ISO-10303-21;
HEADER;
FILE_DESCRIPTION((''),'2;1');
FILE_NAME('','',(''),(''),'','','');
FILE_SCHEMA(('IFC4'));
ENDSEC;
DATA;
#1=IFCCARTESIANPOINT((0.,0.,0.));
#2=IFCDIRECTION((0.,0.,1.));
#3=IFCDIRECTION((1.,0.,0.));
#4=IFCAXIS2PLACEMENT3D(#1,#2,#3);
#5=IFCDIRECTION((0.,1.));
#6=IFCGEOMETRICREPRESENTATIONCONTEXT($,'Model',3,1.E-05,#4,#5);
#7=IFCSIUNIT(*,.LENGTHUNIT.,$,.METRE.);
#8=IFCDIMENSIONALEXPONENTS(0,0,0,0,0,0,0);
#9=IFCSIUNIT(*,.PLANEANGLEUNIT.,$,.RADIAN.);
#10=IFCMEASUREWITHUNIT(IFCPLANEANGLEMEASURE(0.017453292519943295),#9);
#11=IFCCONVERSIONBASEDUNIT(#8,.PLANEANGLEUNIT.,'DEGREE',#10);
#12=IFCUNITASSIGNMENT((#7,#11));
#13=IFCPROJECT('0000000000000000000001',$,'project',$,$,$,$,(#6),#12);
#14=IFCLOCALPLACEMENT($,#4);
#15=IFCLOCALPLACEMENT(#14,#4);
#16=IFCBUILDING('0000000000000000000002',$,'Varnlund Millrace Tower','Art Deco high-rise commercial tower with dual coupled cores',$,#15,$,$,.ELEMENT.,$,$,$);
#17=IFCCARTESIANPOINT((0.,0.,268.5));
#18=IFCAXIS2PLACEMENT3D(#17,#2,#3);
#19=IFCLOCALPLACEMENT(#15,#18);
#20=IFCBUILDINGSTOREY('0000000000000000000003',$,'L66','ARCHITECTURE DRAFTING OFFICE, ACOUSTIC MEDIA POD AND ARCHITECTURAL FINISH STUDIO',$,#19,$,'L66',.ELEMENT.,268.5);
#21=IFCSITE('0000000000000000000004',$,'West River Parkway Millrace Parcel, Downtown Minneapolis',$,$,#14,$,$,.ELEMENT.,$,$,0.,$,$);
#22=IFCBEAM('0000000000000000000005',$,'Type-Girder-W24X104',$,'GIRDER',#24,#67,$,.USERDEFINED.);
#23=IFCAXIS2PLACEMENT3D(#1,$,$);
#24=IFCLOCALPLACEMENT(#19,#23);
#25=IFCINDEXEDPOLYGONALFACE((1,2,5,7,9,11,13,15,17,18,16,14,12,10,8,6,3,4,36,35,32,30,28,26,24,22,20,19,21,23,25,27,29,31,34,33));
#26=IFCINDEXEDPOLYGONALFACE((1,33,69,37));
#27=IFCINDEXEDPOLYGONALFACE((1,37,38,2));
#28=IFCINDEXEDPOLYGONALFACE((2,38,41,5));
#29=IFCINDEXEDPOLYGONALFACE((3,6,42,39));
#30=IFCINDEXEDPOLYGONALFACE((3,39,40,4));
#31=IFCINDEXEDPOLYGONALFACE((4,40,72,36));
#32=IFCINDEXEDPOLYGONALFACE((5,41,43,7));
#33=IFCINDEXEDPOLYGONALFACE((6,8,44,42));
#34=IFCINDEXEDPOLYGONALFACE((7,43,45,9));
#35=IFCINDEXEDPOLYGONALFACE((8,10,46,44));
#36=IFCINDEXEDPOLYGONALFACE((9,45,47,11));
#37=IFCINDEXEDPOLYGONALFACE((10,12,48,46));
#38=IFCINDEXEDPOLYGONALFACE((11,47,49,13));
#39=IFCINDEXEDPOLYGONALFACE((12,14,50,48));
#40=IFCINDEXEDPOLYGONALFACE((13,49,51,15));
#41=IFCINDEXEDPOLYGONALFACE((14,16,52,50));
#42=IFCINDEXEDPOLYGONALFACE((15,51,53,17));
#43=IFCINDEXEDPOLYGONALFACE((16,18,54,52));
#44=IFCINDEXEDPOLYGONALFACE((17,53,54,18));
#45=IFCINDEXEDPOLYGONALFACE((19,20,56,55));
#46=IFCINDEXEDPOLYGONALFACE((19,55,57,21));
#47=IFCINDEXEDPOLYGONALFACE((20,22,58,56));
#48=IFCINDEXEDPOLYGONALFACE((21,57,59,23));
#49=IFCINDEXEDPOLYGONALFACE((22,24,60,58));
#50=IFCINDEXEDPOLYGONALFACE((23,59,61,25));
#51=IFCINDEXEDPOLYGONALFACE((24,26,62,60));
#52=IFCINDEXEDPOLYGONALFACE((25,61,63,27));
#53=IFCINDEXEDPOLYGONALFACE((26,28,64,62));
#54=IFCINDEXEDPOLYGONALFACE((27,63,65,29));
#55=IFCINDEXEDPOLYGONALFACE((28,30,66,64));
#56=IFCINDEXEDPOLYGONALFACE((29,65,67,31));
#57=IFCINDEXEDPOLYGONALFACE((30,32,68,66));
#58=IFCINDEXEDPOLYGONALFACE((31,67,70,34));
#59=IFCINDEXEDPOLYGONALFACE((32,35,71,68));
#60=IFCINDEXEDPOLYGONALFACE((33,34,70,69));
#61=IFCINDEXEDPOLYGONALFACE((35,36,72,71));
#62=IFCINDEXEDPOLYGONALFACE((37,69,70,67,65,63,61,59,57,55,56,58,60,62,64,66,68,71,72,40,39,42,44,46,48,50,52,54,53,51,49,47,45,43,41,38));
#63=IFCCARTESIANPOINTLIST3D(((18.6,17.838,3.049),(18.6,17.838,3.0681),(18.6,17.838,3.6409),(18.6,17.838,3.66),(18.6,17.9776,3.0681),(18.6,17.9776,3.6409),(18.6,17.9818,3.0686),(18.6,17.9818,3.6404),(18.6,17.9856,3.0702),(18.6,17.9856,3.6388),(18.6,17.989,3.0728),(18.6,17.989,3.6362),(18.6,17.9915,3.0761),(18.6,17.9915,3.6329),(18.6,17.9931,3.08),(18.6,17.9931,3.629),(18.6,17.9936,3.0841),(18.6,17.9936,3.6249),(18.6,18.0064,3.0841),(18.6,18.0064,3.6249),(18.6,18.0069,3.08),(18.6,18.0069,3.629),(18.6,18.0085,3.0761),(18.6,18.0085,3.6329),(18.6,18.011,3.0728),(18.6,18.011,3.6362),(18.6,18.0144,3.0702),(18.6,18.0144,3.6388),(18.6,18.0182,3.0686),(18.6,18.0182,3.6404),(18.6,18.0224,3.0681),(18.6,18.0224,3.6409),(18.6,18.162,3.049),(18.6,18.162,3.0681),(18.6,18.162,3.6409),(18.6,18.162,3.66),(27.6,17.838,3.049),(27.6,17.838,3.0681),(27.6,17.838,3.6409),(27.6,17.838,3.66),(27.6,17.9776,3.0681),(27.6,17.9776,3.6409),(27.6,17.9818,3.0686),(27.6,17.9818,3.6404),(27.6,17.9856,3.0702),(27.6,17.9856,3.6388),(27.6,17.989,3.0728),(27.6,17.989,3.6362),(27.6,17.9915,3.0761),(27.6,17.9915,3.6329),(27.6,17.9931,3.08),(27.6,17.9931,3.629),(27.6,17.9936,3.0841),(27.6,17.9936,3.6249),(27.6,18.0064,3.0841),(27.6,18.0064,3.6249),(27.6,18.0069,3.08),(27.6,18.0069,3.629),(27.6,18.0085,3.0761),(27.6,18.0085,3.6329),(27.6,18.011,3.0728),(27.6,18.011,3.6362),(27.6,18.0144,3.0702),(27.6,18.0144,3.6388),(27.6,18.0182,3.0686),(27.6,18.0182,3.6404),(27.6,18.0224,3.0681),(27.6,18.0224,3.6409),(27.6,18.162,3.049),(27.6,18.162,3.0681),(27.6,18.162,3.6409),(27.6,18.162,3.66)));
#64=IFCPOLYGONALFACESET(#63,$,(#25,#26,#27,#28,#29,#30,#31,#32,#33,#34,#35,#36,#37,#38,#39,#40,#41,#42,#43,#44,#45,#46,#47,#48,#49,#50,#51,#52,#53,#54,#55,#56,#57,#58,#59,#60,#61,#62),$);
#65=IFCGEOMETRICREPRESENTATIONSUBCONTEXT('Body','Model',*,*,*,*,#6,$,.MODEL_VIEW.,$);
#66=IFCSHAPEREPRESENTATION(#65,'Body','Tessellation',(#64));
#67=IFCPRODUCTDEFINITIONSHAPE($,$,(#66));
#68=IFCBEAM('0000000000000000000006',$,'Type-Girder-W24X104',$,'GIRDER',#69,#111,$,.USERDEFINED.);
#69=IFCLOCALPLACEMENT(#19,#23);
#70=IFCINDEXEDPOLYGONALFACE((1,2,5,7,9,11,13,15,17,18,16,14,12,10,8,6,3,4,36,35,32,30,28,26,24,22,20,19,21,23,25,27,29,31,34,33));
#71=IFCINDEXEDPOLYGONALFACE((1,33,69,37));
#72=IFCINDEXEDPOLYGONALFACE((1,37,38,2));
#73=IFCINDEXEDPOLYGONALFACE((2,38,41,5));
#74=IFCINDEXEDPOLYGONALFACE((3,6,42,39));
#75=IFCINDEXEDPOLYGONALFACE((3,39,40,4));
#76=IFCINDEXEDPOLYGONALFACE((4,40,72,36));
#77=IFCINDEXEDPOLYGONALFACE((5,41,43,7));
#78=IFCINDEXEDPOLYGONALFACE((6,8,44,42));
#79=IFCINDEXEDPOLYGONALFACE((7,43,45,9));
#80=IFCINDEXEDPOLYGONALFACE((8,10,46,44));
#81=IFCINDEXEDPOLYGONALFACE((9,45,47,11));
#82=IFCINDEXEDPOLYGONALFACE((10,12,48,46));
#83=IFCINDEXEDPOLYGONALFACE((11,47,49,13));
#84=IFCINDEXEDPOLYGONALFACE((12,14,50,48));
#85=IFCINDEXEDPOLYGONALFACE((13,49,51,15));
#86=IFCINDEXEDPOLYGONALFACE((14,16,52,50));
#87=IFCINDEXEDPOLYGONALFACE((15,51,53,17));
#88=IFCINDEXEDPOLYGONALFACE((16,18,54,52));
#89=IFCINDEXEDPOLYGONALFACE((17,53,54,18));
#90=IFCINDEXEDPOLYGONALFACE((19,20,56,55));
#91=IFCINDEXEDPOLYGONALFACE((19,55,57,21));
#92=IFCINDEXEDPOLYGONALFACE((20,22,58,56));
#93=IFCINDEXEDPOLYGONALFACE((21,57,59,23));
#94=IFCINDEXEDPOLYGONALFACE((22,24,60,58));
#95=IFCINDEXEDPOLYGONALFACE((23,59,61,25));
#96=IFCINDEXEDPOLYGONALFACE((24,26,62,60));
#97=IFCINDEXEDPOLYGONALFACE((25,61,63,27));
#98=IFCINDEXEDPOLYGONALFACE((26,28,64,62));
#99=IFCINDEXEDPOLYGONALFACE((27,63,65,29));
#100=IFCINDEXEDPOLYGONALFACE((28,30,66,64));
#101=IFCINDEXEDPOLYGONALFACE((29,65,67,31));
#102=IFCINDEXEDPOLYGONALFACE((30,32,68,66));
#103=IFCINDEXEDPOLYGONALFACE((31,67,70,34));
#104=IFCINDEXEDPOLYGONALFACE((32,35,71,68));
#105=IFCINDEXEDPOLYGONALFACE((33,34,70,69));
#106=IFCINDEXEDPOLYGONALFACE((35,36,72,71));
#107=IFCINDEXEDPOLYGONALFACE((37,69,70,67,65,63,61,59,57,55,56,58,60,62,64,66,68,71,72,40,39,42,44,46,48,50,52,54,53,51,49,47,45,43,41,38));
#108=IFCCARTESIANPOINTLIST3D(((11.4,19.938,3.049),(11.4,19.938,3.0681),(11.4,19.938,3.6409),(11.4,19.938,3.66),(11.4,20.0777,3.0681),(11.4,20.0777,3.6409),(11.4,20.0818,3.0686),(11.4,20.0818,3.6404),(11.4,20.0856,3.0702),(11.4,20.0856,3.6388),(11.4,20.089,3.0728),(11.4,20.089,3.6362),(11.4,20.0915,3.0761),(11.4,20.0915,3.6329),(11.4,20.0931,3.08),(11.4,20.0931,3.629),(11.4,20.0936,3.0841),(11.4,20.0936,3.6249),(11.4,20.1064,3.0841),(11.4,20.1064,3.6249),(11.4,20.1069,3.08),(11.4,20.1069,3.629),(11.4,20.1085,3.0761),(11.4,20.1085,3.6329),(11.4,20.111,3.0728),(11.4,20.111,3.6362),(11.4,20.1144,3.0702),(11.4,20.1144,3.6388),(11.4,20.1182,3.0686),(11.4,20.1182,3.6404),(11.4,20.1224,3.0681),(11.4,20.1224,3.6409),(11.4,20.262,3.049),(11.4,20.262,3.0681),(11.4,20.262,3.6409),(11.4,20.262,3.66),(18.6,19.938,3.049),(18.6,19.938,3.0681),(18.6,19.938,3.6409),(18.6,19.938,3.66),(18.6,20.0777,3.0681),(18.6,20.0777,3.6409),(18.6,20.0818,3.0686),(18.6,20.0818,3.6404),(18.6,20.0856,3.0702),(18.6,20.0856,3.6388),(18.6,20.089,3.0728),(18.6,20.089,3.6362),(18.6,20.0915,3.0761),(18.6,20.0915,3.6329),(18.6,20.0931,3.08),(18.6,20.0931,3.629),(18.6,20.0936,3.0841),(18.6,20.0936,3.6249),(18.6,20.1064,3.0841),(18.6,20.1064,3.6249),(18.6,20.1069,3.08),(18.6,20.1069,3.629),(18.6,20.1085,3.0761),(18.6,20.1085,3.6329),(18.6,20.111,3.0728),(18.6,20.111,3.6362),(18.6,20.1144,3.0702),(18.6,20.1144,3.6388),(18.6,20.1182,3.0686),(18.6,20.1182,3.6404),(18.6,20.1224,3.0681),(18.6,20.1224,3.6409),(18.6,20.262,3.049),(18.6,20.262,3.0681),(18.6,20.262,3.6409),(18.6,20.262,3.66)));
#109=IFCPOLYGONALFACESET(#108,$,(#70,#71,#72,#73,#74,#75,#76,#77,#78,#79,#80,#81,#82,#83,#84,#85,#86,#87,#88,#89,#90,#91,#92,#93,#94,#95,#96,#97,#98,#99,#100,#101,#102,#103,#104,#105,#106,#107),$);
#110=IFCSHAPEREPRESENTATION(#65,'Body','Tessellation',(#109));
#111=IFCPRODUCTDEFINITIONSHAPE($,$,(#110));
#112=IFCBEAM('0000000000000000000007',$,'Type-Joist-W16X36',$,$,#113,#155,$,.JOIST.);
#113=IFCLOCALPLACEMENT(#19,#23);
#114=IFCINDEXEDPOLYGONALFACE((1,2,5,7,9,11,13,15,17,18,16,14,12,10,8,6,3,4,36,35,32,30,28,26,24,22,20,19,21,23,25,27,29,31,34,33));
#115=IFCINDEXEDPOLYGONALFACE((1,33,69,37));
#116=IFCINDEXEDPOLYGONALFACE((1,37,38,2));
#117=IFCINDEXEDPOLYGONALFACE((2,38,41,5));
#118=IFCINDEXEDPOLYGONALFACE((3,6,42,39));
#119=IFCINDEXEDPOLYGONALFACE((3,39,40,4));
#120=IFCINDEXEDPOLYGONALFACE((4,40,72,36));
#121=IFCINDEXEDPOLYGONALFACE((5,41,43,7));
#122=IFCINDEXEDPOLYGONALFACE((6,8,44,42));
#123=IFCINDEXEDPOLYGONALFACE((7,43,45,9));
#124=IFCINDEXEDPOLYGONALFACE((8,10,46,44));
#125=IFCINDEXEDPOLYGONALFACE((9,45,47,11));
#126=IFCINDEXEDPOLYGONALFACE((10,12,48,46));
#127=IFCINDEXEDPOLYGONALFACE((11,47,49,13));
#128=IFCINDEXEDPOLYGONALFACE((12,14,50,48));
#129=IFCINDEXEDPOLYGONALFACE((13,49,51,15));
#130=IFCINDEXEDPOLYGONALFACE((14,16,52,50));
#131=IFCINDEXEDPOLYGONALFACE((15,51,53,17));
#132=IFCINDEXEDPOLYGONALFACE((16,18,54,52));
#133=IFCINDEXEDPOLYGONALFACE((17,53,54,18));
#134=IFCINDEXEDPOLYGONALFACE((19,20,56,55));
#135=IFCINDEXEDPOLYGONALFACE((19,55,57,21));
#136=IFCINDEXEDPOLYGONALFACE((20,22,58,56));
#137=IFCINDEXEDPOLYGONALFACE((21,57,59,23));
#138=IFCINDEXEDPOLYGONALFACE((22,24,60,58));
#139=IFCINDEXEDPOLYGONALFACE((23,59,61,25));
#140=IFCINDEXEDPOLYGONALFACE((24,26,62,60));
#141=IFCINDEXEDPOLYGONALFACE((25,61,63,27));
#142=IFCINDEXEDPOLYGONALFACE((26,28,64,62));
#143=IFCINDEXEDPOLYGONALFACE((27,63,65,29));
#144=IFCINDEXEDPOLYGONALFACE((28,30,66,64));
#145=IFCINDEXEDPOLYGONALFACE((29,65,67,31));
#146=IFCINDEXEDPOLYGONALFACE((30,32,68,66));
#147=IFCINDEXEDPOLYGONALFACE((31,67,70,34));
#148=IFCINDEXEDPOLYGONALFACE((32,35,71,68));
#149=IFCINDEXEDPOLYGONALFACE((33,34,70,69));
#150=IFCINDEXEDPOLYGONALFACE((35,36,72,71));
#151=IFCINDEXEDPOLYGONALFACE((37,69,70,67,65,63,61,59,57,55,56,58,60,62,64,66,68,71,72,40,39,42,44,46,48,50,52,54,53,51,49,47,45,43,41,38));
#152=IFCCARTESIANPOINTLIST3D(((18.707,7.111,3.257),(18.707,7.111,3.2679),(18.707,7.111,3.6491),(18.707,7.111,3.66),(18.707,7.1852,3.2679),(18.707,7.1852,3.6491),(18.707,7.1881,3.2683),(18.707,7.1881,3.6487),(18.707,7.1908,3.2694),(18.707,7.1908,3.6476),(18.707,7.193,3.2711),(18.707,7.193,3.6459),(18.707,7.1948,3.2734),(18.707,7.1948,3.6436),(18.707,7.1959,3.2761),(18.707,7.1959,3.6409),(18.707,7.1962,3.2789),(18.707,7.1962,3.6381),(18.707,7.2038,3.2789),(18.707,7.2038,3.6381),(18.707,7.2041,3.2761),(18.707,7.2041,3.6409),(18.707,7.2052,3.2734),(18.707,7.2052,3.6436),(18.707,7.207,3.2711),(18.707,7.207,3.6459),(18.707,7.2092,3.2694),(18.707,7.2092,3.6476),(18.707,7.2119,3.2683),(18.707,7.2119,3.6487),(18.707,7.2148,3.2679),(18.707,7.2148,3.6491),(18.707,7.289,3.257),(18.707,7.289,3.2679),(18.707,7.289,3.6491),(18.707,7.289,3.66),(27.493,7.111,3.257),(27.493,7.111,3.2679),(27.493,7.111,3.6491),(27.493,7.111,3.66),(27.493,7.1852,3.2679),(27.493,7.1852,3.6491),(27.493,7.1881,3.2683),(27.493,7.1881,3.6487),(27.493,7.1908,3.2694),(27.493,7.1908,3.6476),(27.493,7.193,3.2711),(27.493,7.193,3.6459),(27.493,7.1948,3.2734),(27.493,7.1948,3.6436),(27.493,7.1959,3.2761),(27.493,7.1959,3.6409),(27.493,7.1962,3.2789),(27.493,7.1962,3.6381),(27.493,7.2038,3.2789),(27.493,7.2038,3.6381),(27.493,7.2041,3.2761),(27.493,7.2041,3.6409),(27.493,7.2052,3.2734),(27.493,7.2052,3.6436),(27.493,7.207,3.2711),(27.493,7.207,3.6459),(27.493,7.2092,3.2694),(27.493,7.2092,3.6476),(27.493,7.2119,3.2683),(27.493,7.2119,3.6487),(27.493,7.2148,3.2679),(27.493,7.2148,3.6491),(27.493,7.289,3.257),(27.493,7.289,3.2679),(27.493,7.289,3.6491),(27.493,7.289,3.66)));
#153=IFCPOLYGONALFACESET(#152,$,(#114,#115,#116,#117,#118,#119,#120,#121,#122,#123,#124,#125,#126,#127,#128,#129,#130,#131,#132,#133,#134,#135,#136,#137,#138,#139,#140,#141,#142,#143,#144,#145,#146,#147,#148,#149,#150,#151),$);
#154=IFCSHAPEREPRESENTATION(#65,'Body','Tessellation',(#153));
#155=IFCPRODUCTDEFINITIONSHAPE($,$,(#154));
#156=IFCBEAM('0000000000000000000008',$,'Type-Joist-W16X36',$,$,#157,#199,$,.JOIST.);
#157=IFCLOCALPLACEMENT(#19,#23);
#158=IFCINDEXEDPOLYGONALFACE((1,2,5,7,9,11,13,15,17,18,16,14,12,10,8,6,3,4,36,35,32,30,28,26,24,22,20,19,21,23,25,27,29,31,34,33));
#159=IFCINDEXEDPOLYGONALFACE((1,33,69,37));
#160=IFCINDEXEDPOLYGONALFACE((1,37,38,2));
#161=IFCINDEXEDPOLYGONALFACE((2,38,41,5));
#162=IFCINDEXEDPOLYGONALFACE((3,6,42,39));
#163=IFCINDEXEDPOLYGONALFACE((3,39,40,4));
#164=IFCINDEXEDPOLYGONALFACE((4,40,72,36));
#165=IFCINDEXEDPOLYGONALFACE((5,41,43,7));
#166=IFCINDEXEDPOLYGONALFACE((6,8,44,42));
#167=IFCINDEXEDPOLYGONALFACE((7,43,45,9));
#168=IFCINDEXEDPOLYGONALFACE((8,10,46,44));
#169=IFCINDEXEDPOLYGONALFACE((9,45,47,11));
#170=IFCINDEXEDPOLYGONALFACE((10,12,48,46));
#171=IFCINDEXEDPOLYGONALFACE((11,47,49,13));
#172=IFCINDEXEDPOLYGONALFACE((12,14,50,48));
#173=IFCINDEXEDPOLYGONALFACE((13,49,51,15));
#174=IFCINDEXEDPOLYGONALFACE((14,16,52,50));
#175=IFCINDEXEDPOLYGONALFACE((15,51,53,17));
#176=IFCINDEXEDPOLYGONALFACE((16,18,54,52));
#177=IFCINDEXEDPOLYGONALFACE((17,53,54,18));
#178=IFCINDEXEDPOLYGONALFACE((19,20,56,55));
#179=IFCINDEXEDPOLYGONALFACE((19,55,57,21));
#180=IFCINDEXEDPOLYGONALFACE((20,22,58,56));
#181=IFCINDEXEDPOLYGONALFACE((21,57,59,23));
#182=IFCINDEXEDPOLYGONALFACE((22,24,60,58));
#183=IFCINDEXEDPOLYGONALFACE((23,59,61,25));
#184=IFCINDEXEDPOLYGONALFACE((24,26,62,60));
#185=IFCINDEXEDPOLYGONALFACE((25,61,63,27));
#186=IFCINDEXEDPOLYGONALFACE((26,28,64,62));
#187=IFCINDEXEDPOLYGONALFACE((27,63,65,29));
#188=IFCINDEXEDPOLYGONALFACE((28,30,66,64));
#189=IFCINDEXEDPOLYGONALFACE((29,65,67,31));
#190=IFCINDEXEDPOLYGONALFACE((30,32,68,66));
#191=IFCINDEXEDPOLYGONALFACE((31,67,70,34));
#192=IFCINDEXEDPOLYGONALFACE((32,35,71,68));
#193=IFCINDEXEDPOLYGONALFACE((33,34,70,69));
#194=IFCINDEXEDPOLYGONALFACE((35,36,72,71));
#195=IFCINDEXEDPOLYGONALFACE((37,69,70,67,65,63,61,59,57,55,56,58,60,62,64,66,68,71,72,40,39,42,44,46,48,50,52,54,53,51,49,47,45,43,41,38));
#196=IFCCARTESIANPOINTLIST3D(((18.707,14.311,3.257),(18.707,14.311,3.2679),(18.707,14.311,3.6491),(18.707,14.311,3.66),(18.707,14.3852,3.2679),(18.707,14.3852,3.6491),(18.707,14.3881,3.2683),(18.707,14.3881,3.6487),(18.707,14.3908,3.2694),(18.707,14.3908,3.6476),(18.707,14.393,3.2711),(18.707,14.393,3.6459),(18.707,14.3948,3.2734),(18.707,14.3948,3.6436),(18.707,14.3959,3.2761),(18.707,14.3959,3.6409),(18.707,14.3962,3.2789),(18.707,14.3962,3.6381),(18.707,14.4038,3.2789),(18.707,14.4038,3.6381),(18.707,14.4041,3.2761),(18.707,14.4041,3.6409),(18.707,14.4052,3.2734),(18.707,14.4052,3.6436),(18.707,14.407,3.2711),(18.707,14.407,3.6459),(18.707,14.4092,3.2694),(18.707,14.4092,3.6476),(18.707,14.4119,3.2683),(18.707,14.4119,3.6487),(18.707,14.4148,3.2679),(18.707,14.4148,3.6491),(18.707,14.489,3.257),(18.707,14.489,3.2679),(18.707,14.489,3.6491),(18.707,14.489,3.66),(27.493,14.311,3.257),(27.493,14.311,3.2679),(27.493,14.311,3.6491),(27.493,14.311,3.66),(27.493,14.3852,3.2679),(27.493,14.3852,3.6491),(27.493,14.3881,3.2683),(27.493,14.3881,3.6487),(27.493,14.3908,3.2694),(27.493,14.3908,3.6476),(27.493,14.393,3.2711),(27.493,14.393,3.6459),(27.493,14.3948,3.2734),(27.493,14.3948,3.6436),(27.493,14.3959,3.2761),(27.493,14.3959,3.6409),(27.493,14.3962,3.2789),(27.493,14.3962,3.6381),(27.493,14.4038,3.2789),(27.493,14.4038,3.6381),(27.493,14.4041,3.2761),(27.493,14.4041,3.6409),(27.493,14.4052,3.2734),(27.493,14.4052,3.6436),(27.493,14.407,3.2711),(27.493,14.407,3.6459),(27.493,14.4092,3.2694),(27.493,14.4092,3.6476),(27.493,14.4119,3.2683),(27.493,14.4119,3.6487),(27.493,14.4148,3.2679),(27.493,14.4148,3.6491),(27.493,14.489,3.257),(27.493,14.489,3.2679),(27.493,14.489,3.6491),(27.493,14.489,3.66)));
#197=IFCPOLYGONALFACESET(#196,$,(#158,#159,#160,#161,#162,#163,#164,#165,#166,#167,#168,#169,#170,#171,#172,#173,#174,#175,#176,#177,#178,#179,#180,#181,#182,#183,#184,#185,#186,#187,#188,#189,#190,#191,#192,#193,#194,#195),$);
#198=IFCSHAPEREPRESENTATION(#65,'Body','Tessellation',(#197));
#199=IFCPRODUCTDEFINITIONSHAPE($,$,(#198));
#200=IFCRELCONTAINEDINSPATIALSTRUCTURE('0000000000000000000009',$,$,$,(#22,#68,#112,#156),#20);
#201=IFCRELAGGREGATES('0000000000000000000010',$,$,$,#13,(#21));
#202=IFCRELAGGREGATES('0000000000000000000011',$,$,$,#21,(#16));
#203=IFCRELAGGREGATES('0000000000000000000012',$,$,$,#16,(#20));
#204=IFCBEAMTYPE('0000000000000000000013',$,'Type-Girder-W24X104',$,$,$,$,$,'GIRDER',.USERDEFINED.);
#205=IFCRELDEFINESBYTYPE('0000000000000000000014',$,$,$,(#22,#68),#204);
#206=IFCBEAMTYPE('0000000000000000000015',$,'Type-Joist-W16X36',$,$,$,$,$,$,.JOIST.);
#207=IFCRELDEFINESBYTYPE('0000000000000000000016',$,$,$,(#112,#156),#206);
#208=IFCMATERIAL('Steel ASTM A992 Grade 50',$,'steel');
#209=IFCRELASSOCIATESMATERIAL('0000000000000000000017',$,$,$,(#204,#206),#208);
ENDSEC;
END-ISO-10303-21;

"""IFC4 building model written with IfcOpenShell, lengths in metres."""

from ifc_helpers import new_model, entity, si_unit, converted_unit, direction, frame, origin_with_axes, origin_2d_with_axis, place, context, subcontext, project, spatial, i_section, extrude, material, material_profile, profile_set, type_object, element, save


model = new_model("IFC4")

# Units and contexts
model_context = context("Model", 3, precision=1e-05, world=origin_with_axes(), true_north=direction((0.0, 1.0)))
body_context = subcontext(model_context, "Body", "Model", "MODEL_VIEW")
ifc_project = project(units=[si_unit("LENGTHUNIT", "METRE"), converted_unit("PLANEANGLEUNIT", "DEGREE", entity("IfcPlaneAngleMeasure", 0.017453292519943295), si_unit("PLANEANGLEUNIT", "RADIAN"), dimensions=[0, 0, 0, 0, 0, 0, 0])], contexts=[model_context])

# Site, building, storey
site_placement = place(None, origin_with_axes())
site = spatial("IfcSite", under=ifc_project, at=site_placement, Name="West River Parkway Millrace Parcel, Downtown Minneapolis", CompositionType="ELEMENT", RefElevation=0.0)
building_placement = place(site_placement, origin_with_axes())
building = spatial("IfcBuilding", under=site, at=building_placement, Name="Varnlund Millrace Tower", Description="Art Deco high-rise commercial tower with dual coupled cores", CompositionType="ELEMENT")
storey_placement = place(building_placement, frame((0.0, 0.0, 268.5), z_axis=(0.0, 0.0, 1.0), x_axis=(1.0, 0.0, 0.0)))
storey = spatial("IfcBuildingStorey", under=building, at=storey_placement, Name="L66", Description="ARCHITECTURE DRAFTING OFFICE, ACOUSTIC MEDIA POD AND ARCHITECTURAL FINISH STUDIO", LongName="L66", CompositionType="ELEMENT", Elevation=268.5)

# Beams
ifc_material_1 = material(Name="Steel ASTM A992 Grade 50", Category="steel")
ifc_material_profile_1 = material_profile(ifc_material_1, i_section(OverallWidth=0.324, OverallDepth=0.611, WebThickness=0.0127, FlangeThickness=0.0191, FilletRadius=0.016, at=origin_2d_with_axis()), Name="Steel ASTM A992 Grade 50")
ifc_profile_set_1 = profile_set([ifc_material_profile_1], Name="Steel ASTM A992 Grade 50")
beam_type_1 = type_object("IfcBeamType", Name="Type-Girder-W24X104", ElementType="GIRDER", PredefinedType="USERDEFINED", material=ifc_profile_set_1)
for number, where, z_axis, x_axis, name in (
    (1, (18.6, 18.0, 3.3545), (1.0, 0.0, 0.0), (0.0, 1.0, 0.0), "Type-Girder-W24X104"),
):
    element("IfcBeam", number, at=place(storey_placement, frame(where, z_axis=z_axis, x_axis=x_axis)), inside=storey, type_object=beam_type_1, Name=name, ObjectType="GIRDER", PredefinedType="USERDEFINED", context=body_context, shape_type="SweptSolid", body=[
        extrude(i_section(OverallWidth=0.324, OverallDepth=0.611, WebThickness=0.0127, FlangeThickness=0.0191, FilletRadius=0.016, at=origin_2d_with_axis()), origin_with_axes(), (0.0, 0.0, 1.0), 9.0),
    ])
beam_1_placement = place(storey_placement, frame((11.4, 20.1, 3.3545), z_axis=(1.0, 0.0, 0.0), x_axis=(0.0, 1.0, 0.0)))
element("IfcBeam", 2, at=beam_1_placement, inside=storey, type_object=beam_type_1, Name="Type-Girder-W24X104", ObjectType="GIRDER", PredefinedType="USERDEFINED", context=body_context, shape_type="SweptSolid", body=[
    extrude(i_section(OverallWidth=0.324, OverallDepth=0.611, WebThickness=0.0127, FlangeThickness=0.0191, FilletRadius=0.016, at=origin_2d_with_axis()), origin_with_axes(), (0.0, 0.0, 1.0), 7.2),
])
ifc_material_profile_2 = material_profile(ifc_material_1, i_section(OverallWidth=0.178, OverallDepth=0.403, WebThickness=0.0075, FlangeThickness=0.0109, FilletRadius=0.011, at=origin_2d_with_axis()), Name="Steel ASTM A992 Grade 50")
ifc_profile_set_2 = profile_set([ifc_material_profile_2], Name="Steel ASTM A992 Grade 50")
beam_type_2 = type_object("IfcBeamType", Name="Type-Joist-W16X36", PredefinedType="JOIST", material=ifc_profile_set_2)
for number, where, z_axis, x_axis, name in (
    (3, (18.707, 7.2, 3.4585), (1.0, 0.0, 0.0), (0.0, 1.0, 0.0), "Type-Joist-W16X36"),
    (4, (18.707, 14.4, 3.4585), (1.0, 0.0, 0.0), (0.0, 1.0, 0.0), "Type-Joist-W16X36"),
):
    element("IfcBeam", number, at=place(storey_placement, frame(where, z_axis=z_axis, x_axis=x_axis)), inside=storey, type_object=beam_type_2, Name=name, PredefinedType="JOIST", context=body_context, shape_type="SweptSolid", body=[
        extrude(i_section(OverallWidth=0.178, OverallDepth=0.403, WebThickness=0.0075, FlangeThickness=0.0109, FilletRadius=0.011, at=origin_2d_with_axis()), origin_with_axes(), (0.0, 0.0, 1.0), 8.786),
    ])

save(model, "model.ifc")
